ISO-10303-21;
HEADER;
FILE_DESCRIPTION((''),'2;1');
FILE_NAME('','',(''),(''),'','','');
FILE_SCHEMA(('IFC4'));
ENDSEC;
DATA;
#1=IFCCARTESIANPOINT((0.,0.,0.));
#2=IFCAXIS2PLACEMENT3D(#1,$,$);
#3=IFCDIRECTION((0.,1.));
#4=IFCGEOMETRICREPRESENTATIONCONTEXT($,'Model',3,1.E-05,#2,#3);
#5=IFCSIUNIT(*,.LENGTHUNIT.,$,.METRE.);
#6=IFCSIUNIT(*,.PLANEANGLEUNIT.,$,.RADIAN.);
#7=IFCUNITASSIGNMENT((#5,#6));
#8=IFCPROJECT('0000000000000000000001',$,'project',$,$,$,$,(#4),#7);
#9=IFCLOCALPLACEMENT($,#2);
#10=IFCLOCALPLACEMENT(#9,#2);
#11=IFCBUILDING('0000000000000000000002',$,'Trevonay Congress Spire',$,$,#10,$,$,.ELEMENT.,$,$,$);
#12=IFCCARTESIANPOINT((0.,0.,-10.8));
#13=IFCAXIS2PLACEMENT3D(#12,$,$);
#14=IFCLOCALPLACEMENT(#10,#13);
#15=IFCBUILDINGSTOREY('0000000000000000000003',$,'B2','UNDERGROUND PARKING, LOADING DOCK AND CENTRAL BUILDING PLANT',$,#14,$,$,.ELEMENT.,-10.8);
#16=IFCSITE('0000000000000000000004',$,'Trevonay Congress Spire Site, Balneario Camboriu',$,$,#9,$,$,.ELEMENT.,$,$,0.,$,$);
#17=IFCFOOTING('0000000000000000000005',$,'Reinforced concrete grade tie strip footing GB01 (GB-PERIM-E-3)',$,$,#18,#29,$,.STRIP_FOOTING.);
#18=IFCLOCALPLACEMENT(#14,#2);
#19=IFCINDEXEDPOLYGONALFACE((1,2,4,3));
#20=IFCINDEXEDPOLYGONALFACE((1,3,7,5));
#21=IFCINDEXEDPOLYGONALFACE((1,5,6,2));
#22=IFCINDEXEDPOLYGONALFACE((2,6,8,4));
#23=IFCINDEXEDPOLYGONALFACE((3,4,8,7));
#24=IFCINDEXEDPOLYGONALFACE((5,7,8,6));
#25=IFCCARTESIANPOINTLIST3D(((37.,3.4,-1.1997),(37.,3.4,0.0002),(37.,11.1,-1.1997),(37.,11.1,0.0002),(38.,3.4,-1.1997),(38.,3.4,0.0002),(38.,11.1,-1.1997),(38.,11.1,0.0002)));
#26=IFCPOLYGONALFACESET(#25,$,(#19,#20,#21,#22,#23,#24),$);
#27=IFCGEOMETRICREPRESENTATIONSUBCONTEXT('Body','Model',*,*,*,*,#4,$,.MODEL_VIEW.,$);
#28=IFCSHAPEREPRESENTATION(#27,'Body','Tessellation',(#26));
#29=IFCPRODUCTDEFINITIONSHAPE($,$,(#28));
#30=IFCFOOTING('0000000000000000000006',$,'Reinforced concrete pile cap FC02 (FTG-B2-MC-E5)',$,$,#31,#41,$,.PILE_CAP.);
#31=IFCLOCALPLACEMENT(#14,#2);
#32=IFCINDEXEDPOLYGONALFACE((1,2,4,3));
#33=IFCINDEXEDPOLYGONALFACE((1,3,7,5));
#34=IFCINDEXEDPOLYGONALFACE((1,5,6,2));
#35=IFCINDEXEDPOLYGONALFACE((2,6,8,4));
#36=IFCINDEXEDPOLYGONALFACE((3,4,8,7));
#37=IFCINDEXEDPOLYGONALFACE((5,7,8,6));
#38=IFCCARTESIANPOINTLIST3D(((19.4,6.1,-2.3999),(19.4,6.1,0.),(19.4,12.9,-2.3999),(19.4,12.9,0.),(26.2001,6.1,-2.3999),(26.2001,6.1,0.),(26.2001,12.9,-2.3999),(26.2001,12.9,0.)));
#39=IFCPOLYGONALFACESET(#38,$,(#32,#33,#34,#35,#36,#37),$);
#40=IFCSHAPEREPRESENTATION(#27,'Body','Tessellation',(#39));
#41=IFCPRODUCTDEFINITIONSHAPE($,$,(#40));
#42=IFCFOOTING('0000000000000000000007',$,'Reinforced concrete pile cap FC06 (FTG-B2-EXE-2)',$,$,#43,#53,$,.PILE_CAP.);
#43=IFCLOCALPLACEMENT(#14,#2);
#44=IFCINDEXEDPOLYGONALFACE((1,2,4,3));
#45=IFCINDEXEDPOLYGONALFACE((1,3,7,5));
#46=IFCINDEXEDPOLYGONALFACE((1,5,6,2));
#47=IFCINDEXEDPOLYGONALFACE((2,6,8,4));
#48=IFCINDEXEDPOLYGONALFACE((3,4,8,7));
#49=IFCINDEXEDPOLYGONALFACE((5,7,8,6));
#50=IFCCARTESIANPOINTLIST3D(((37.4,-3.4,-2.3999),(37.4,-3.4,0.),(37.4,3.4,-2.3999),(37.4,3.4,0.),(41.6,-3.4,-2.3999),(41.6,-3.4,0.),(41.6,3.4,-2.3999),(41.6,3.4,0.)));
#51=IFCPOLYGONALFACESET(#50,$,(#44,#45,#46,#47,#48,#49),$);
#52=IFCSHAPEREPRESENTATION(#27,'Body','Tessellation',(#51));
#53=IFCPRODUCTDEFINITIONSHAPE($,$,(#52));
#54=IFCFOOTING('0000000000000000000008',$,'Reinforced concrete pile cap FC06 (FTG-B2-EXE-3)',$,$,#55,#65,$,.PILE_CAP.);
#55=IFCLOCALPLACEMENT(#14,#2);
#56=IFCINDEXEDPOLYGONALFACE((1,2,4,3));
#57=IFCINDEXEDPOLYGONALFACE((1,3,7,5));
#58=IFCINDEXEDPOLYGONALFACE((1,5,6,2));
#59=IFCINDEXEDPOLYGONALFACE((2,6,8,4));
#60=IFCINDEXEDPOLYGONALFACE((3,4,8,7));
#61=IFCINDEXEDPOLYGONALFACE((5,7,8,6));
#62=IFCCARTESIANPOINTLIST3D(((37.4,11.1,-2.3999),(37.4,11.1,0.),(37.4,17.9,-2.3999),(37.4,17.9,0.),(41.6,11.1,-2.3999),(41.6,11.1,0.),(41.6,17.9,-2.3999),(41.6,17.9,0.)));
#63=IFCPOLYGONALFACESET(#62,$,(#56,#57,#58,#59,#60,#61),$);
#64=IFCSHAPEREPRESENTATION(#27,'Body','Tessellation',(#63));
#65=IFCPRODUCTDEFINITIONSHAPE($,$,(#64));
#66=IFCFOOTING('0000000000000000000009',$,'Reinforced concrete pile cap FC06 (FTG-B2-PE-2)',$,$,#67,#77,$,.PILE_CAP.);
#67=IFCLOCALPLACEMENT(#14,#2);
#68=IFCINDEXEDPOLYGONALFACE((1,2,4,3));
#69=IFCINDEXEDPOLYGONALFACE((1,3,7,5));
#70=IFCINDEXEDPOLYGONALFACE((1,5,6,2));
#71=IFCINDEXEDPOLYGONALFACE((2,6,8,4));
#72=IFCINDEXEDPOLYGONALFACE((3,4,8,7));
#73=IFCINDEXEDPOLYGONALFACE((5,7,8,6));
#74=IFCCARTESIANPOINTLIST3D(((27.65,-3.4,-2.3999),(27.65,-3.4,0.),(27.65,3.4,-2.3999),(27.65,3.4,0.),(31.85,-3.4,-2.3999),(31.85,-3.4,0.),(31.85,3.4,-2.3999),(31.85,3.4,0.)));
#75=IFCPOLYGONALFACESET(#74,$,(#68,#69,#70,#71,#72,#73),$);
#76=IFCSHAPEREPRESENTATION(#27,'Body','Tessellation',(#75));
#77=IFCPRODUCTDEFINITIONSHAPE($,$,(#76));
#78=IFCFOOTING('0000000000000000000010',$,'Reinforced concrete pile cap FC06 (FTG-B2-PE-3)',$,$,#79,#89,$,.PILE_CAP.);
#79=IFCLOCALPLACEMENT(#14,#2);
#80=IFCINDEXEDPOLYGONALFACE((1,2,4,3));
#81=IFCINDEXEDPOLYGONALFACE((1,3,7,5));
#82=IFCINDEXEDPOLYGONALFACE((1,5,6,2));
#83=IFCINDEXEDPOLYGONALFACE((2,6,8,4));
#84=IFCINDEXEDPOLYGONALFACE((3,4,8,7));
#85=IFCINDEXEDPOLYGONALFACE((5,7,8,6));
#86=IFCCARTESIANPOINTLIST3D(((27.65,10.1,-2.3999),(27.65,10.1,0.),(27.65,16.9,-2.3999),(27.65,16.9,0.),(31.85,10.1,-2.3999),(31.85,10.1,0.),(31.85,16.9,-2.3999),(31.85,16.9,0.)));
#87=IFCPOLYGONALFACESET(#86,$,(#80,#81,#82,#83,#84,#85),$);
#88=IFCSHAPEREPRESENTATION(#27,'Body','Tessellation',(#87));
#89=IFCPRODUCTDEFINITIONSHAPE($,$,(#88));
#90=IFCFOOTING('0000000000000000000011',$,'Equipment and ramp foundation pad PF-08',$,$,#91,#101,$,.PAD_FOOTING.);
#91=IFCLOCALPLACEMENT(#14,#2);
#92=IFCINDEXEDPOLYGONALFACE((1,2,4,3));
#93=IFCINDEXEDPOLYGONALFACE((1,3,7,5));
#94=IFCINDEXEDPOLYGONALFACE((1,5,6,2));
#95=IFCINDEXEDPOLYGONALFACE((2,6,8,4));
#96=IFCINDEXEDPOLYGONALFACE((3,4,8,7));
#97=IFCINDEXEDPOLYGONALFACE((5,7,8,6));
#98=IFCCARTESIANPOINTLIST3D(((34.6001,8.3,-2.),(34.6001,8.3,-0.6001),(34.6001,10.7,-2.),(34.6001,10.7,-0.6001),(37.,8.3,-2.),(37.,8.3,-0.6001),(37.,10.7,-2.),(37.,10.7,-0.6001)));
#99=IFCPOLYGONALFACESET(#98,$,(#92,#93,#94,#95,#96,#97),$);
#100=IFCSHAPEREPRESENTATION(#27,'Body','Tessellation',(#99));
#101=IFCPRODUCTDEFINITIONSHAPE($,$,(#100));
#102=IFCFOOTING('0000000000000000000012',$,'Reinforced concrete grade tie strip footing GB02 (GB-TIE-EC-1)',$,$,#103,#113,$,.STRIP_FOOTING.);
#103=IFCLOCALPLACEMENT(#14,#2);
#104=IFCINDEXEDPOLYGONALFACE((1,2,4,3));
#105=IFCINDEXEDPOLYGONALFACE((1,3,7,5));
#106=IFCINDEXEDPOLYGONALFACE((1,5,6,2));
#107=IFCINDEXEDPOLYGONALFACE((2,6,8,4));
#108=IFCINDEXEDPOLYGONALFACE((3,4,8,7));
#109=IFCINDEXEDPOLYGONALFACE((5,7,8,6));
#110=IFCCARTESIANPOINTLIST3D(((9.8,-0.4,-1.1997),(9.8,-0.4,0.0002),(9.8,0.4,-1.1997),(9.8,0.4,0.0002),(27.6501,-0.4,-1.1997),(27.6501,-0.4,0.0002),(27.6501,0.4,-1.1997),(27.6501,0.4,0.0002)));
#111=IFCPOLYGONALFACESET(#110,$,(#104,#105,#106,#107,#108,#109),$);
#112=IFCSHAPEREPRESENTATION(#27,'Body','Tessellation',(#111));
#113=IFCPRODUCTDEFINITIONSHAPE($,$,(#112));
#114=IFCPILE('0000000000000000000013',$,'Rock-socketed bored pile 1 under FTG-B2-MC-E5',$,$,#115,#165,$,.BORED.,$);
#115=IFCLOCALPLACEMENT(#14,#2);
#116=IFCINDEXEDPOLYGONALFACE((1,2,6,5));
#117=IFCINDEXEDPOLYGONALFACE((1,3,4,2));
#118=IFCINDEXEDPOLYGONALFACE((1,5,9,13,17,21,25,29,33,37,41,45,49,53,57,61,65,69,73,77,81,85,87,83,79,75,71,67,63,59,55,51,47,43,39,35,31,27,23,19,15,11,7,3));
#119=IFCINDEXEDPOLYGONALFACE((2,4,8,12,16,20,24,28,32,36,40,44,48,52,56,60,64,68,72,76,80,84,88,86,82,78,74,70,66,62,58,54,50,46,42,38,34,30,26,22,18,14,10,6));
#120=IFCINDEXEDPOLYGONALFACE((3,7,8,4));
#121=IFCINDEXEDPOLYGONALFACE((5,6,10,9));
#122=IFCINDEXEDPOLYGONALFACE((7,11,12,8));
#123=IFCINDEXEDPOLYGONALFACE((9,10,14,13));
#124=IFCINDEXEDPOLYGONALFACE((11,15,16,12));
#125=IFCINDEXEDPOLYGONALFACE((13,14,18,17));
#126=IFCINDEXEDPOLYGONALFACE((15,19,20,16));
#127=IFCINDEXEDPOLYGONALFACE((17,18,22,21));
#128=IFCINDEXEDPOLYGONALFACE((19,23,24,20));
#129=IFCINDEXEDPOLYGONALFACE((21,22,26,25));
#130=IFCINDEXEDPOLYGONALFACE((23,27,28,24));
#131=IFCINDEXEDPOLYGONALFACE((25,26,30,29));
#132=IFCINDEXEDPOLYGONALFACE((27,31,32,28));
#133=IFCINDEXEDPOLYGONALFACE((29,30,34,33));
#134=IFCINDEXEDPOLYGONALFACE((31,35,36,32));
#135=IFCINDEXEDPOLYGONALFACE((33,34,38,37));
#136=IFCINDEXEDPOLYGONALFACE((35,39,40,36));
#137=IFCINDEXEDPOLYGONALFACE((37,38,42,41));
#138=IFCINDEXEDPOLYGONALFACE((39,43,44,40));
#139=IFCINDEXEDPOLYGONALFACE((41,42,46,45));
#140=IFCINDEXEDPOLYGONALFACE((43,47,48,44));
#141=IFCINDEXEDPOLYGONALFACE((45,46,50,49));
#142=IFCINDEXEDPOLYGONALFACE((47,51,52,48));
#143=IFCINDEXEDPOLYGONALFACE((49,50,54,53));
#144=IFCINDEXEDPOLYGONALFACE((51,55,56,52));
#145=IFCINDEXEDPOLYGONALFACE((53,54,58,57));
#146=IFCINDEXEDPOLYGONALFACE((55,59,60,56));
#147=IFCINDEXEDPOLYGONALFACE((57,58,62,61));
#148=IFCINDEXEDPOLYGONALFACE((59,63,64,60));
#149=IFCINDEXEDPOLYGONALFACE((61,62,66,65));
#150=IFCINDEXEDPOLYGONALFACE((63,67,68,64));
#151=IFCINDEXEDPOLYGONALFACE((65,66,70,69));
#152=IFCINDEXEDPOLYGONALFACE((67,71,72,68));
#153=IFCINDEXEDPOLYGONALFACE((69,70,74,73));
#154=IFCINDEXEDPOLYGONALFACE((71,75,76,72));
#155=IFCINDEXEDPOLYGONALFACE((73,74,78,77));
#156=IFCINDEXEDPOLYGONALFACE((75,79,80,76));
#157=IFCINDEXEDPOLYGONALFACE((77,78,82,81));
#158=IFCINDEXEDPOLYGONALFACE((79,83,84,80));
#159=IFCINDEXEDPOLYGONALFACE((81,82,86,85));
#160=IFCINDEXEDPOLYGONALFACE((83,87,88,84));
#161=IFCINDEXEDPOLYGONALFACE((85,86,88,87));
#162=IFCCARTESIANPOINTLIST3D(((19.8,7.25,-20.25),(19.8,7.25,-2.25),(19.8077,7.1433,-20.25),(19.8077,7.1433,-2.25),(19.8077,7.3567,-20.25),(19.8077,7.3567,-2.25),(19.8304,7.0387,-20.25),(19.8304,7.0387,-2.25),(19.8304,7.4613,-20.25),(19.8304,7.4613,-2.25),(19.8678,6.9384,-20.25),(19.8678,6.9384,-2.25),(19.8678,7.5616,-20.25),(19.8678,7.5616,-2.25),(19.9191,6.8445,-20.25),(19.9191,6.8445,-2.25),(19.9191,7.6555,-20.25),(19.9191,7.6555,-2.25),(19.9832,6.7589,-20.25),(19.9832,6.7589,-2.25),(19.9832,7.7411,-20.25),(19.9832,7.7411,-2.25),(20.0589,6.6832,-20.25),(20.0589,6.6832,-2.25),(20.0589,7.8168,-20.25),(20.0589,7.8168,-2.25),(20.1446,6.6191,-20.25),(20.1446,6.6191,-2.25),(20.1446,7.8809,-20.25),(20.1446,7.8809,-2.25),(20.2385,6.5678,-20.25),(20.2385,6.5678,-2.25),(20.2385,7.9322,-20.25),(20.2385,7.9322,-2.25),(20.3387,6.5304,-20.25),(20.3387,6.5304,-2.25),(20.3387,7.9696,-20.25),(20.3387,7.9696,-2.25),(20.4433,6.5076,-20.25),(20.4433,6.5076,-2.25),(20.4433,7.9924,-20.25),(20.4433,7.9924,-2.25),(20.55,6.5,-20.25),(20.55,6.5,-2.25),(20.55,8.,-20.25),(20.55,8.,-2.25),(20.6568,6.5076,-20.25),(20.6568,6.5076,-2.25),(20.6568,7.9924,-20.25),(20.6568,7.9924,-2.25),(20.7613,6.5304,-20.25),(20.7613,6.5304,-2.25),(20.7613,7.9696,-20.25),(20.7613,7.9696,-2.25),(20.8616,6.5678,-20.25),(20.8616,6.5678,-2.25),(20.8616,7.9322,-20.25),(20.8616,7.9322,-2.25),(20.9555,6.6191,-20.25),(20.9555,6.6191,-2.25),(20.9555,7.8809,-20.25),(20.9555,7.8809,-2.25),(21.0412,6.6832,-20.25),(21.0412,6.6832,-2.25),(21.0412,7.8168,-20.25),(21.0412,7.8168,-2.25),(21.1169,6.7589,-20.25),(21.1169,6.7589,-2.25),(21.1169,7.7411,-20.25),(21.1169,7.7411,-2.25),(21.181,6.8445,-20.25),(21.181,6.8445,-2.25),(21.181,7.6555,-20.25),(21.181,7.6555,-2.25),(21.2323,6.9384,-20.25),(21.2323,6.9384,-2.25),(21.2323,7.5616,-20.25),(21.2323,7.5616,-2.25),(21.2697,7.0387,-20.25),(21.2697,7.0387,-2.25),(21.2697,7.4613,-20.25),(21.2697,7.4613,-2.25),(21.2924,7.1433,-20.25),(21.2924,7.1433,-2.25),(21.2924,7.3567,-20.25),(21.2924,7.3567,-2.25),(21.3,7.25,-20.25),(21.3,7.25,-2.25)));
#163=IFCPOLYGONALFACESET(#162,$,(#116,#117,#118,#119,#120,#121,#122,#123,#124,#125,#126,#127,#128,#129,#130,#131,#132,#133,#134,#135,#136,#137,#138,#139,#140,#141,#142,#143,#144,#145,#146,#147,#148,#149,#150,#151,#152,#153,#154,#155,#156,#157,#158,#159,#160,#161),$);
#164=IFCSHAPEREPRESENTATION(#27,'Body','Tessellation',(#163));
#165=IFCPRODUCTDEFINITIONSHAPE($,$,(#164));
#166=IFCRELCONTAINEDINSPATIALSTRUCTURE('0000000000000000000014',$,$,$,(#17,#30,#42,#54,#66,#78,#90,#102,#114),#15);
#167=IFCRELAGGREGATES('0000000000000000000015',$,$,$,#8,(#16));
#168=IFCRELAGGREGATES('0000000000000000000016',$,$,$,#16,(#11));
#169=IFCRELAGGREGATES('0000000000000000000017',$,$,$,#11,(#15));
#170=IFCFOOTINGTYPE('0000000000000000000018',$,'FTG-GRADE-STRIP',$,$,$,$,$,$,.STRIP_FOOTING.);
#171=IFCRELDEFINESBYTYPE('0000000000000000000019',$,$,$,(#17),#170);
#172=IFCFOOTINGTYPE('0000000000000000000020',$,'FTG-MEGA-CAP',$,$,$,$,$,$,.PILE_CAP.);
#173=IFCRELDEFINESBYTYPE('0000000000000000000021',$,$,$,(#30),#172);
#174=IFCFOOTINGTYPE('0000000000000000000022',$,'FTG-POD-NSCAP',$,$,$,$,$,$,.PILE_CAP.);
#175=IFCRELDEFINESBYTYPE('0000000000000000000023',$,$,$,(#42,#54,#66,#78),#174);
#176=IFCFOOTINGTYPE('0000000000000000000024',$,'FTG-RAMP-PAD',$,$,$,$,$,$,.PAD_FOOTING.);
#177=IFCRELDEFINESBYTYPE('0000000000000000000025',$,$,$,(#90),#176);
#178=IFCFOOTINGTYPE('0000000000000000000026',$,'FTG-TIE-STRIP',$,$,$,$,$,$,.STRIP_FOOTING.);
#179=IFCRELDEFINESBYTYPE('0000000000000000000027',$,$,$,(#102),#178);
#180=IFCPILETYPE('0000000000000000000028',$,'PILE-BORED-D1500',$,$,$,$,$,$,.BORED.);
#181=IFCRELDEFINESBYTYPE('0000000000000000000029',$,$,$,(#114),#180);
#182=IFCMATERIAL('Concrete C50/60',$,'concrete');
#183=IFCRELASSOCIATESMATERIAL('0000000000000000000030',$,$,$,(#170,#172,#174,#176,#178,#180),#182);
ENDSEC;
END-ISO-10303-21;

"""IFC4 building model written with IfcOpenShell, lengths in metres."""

from ifc_helpers import new_model, si_unit, direction, frame, origin, origin_2d, place, context, subcontext, project, spatial, rectangle, circle, extrude, material, material_profile, profile_set, type_object, element, save


model = new_model("IFC4")

# Units and contexts
model_context = context("Model", 3, precision=1e-05, world=origin(), true_north=direction((0.0, 1.0)))
body_context = subcontext(model_context, "Body", "Model", "MODEL_VIEW")
ifc_project = project(units=[si_unit("LENGTHUNIT", "METRE"), si_unit("PLANEANGLEUNIT", "RADIAN")], contexts=[model_context])

# Site, building, storey
site_placement = place(None, origin())
site = spatial("IfcSite", under=ifc_project, at=site_placement, Name="Trevonay Congress Spire Site, Balneario Camboriu", CompositionType="ELEMENT", RefElevation=0.0)
building_placement = place(site_placement, origin())
building = spatial("IfcBuilding", under=site, at=building_placement, Name="Trevonay Congress Spire", CompositionType="ELEMENT")
storey_placement = place(building_placement, frame((0.0, 0.0, -10.8)))
storey = spatial("IfcBuildingStorey", under=building, at=storey_placement, Name="B2", Description="UNDERGROUND PARKING, LOADING DOCK AND CENTRAL BUILDING PLANT", CompositionType="ELEMENT", Elevation=-10.8)

# Footings
ifc_material_1 = material(Name="Concrete C50/60", Category="concrete")
footing_type_1 = type_object("IfcFootingType", Name="FTG-GRADE-STRIP", PredefinedType="STRIP_FOOTING", material=ifc_material_1)
footing_1_placement = place(storey_placement, frame((37.5, 7.25, -1.1997), z_axis=(0.0, 0.0, 1.0), x_axis=(0.0, 1.0, 0.0)))
element("IfcFooting", 1, at=footing_1_placement, inside=storey, type_object=footing_type_1, Name="Reinforced concrete grade tie strip footing GB01 (GB-PERIM-E-3)", PredefinedType="STRIP_FOOTING", context=body_context, shape_type="SweptSolid", body=[
    extrude(rectangle(XDim=7.7, YDim=1.0, at=origin_2d()), origin(), (0.0, 0.0, 1.0), 1.2),
])
footing_type_2 = type_object("IfcFootingType", Name="FTG-MEGA-CAP", PredefinedType="PILE_CAP", material=ifc_material_1)
footing_2_placement = place(storey_placement, frame((22.8, 9.5, -2.3999), z_axis=(0.0, 0.0, 1.0), x_axis=(1.0, 0.0, 0.0)))
element("IfcFooting", 2, at=footing_2_placement, inside=storey, type_object=footing_type_2, Name="Reinforced concrete pile cap FC02 (FTG-B2-MC-E5)", PredefinedType="PILE_CAP", context=body_context, shape_type="SweptSolid", body=[
    extrude(rectangle(XDim=6.8, YDim=6.8, at=origin_2d()), origin(), (0.0, 0.0, 1.0), 2.3999),
])
footing_type_3 = type_object("IfcFootingType", Name="FTG-POD-NSCAP", PredefinedType="PILE_CAP", material=ifc_material_1)
for number, where, z_axis, x_axis, name in (
    (3, (39.5, 0.0, -2.3999), (0.0, 0.0, 1.0), (1.0, 0.0, 0.0), "Reinforced concrete pile cap FC06 (FTG-B2-EXE-2)"),
    (4, (39.5, 14.5, -2.3999), (0.0, 0.0, 1.0), (1.0, 0.0, 0.0), "Reinforced concrete pile cap FC06 (FTG-B2-EXE-3)"),
    (5, (29.75, 0.0, -2.3999), (0.0, 0.0, 1.0), (1.0, 0.0, 0.0), "Reinforced concrete pile cap FC06 (FTG-B2-PE-2)"),
    (6, (29.75, 13.5, -2.3999), (0.0, 0.0, 1.0), (1.0, 0.0, 0.0), "Reinforced concrete pile cap FC06 (FTG-B2-PE-3)"),
):
    element("IfcFooting", number, at=place(storey_placement, frame(where, z_axis=z_axis, x_axis=x_axis)), inside=storey, type_object=footing_type_3, Name=name, PredefinedType="PILE_CAP", context=body_context, shape_type="SweptSolid", body=[
        extrude(rectangle(XDim=4.2, YDim=6.8, at=origin_2d()), origin(), (0.0, 0.0, 1.0), 2.3999),
    ])
footing_type_4 = type_object("IfcFootingType", Name="FTG-RAMP-PAD", PredefinedType="PAD_FOOTING", material=ifc_material_1)
footing_3_placement = place(storey_placement, frame((35.8, 9.5, -2.0), z_axis=(0.0, 0.0, 1.0), x_axis=(1.0, 0.0, 0.0)))
element("IfcFooting", 7, at=footing_3_placement, inside=storey, type_object=footing_type_4, Name="Equipment and ramp foundation pad PF-08", PredefinedType="PAD_FOOTING", context=body_context, shape_type="SweptSolid", body=[
    extrude(rectangle(XDim=2.3999, YDim=2.3999, at=origin_2d()), origin(), (0.0, 0.0, 1.0), 1.3999),
])
footing_type_5 = type_object("IfcFootingType", Name="FTG-TIE-STRIP", PredefinedType="STRIP_FOOTING", material=ifc_material_1)
footing_4_placement = place(storey_placement, frame((18.7251, 0.0, -1.1997), z_axis=(0.0, 0.0, 1.0), x_axis=(1.0, 0.0, 0.0)))
element("IfcFooting", 8, at=footing_4_placement, inside=storey, type_object=footing_type_5, Name="Reinforced concrete grade tie strip footing GB02 (GB-TIE-EC-1)", PredefinedType="STRIP_FOOTING", context=body_context, shape_type="SweptSolid", body=[
    extrude(rectangle(XDim=17.8501, YDim=0.8, at=origin_2d()), origin(), (0.0, 0.0, 1.0), 1.2),
])

# Pile
ifc_material_profile_1 = material_profile(ifc_material_1, circle(Radius=0.75, at=origin_2d()), Name="PILE D1500")
ifc_profile_set_1 = profile_set([ifc_material_profile_1], Name="Concrete C50/60")
pile_type = type_object("IfcPileType", Name="PILE-BORED-D1500", PredefinedType="BORED", material=ifc_profile_set_1)
for number, where, z_axis, x_axis, name in (
    (9, (20.55, 7.25, -2.25), (0.0, 0.0, -1.0), (1.0, 0.0, 0.0), "Rock-socketed bored pile 1 under FTG-B2-MC-E5"),
):
    element("IfcPile", number, at=place(storey_placement, frame(where, z_axis=z_axis, x_axis=x_axis)), inside=storey, type_object=pile_type, Name=name, PredefinedType="BORED", context=body_context, shape_type="SweptSolid", body=[
        extrude(circle(Radius=0.75, at=origin_2d()), origin(), (0.0, 0.0, 1.0), 18.0),
    ])

save(model, "model.ifc")
